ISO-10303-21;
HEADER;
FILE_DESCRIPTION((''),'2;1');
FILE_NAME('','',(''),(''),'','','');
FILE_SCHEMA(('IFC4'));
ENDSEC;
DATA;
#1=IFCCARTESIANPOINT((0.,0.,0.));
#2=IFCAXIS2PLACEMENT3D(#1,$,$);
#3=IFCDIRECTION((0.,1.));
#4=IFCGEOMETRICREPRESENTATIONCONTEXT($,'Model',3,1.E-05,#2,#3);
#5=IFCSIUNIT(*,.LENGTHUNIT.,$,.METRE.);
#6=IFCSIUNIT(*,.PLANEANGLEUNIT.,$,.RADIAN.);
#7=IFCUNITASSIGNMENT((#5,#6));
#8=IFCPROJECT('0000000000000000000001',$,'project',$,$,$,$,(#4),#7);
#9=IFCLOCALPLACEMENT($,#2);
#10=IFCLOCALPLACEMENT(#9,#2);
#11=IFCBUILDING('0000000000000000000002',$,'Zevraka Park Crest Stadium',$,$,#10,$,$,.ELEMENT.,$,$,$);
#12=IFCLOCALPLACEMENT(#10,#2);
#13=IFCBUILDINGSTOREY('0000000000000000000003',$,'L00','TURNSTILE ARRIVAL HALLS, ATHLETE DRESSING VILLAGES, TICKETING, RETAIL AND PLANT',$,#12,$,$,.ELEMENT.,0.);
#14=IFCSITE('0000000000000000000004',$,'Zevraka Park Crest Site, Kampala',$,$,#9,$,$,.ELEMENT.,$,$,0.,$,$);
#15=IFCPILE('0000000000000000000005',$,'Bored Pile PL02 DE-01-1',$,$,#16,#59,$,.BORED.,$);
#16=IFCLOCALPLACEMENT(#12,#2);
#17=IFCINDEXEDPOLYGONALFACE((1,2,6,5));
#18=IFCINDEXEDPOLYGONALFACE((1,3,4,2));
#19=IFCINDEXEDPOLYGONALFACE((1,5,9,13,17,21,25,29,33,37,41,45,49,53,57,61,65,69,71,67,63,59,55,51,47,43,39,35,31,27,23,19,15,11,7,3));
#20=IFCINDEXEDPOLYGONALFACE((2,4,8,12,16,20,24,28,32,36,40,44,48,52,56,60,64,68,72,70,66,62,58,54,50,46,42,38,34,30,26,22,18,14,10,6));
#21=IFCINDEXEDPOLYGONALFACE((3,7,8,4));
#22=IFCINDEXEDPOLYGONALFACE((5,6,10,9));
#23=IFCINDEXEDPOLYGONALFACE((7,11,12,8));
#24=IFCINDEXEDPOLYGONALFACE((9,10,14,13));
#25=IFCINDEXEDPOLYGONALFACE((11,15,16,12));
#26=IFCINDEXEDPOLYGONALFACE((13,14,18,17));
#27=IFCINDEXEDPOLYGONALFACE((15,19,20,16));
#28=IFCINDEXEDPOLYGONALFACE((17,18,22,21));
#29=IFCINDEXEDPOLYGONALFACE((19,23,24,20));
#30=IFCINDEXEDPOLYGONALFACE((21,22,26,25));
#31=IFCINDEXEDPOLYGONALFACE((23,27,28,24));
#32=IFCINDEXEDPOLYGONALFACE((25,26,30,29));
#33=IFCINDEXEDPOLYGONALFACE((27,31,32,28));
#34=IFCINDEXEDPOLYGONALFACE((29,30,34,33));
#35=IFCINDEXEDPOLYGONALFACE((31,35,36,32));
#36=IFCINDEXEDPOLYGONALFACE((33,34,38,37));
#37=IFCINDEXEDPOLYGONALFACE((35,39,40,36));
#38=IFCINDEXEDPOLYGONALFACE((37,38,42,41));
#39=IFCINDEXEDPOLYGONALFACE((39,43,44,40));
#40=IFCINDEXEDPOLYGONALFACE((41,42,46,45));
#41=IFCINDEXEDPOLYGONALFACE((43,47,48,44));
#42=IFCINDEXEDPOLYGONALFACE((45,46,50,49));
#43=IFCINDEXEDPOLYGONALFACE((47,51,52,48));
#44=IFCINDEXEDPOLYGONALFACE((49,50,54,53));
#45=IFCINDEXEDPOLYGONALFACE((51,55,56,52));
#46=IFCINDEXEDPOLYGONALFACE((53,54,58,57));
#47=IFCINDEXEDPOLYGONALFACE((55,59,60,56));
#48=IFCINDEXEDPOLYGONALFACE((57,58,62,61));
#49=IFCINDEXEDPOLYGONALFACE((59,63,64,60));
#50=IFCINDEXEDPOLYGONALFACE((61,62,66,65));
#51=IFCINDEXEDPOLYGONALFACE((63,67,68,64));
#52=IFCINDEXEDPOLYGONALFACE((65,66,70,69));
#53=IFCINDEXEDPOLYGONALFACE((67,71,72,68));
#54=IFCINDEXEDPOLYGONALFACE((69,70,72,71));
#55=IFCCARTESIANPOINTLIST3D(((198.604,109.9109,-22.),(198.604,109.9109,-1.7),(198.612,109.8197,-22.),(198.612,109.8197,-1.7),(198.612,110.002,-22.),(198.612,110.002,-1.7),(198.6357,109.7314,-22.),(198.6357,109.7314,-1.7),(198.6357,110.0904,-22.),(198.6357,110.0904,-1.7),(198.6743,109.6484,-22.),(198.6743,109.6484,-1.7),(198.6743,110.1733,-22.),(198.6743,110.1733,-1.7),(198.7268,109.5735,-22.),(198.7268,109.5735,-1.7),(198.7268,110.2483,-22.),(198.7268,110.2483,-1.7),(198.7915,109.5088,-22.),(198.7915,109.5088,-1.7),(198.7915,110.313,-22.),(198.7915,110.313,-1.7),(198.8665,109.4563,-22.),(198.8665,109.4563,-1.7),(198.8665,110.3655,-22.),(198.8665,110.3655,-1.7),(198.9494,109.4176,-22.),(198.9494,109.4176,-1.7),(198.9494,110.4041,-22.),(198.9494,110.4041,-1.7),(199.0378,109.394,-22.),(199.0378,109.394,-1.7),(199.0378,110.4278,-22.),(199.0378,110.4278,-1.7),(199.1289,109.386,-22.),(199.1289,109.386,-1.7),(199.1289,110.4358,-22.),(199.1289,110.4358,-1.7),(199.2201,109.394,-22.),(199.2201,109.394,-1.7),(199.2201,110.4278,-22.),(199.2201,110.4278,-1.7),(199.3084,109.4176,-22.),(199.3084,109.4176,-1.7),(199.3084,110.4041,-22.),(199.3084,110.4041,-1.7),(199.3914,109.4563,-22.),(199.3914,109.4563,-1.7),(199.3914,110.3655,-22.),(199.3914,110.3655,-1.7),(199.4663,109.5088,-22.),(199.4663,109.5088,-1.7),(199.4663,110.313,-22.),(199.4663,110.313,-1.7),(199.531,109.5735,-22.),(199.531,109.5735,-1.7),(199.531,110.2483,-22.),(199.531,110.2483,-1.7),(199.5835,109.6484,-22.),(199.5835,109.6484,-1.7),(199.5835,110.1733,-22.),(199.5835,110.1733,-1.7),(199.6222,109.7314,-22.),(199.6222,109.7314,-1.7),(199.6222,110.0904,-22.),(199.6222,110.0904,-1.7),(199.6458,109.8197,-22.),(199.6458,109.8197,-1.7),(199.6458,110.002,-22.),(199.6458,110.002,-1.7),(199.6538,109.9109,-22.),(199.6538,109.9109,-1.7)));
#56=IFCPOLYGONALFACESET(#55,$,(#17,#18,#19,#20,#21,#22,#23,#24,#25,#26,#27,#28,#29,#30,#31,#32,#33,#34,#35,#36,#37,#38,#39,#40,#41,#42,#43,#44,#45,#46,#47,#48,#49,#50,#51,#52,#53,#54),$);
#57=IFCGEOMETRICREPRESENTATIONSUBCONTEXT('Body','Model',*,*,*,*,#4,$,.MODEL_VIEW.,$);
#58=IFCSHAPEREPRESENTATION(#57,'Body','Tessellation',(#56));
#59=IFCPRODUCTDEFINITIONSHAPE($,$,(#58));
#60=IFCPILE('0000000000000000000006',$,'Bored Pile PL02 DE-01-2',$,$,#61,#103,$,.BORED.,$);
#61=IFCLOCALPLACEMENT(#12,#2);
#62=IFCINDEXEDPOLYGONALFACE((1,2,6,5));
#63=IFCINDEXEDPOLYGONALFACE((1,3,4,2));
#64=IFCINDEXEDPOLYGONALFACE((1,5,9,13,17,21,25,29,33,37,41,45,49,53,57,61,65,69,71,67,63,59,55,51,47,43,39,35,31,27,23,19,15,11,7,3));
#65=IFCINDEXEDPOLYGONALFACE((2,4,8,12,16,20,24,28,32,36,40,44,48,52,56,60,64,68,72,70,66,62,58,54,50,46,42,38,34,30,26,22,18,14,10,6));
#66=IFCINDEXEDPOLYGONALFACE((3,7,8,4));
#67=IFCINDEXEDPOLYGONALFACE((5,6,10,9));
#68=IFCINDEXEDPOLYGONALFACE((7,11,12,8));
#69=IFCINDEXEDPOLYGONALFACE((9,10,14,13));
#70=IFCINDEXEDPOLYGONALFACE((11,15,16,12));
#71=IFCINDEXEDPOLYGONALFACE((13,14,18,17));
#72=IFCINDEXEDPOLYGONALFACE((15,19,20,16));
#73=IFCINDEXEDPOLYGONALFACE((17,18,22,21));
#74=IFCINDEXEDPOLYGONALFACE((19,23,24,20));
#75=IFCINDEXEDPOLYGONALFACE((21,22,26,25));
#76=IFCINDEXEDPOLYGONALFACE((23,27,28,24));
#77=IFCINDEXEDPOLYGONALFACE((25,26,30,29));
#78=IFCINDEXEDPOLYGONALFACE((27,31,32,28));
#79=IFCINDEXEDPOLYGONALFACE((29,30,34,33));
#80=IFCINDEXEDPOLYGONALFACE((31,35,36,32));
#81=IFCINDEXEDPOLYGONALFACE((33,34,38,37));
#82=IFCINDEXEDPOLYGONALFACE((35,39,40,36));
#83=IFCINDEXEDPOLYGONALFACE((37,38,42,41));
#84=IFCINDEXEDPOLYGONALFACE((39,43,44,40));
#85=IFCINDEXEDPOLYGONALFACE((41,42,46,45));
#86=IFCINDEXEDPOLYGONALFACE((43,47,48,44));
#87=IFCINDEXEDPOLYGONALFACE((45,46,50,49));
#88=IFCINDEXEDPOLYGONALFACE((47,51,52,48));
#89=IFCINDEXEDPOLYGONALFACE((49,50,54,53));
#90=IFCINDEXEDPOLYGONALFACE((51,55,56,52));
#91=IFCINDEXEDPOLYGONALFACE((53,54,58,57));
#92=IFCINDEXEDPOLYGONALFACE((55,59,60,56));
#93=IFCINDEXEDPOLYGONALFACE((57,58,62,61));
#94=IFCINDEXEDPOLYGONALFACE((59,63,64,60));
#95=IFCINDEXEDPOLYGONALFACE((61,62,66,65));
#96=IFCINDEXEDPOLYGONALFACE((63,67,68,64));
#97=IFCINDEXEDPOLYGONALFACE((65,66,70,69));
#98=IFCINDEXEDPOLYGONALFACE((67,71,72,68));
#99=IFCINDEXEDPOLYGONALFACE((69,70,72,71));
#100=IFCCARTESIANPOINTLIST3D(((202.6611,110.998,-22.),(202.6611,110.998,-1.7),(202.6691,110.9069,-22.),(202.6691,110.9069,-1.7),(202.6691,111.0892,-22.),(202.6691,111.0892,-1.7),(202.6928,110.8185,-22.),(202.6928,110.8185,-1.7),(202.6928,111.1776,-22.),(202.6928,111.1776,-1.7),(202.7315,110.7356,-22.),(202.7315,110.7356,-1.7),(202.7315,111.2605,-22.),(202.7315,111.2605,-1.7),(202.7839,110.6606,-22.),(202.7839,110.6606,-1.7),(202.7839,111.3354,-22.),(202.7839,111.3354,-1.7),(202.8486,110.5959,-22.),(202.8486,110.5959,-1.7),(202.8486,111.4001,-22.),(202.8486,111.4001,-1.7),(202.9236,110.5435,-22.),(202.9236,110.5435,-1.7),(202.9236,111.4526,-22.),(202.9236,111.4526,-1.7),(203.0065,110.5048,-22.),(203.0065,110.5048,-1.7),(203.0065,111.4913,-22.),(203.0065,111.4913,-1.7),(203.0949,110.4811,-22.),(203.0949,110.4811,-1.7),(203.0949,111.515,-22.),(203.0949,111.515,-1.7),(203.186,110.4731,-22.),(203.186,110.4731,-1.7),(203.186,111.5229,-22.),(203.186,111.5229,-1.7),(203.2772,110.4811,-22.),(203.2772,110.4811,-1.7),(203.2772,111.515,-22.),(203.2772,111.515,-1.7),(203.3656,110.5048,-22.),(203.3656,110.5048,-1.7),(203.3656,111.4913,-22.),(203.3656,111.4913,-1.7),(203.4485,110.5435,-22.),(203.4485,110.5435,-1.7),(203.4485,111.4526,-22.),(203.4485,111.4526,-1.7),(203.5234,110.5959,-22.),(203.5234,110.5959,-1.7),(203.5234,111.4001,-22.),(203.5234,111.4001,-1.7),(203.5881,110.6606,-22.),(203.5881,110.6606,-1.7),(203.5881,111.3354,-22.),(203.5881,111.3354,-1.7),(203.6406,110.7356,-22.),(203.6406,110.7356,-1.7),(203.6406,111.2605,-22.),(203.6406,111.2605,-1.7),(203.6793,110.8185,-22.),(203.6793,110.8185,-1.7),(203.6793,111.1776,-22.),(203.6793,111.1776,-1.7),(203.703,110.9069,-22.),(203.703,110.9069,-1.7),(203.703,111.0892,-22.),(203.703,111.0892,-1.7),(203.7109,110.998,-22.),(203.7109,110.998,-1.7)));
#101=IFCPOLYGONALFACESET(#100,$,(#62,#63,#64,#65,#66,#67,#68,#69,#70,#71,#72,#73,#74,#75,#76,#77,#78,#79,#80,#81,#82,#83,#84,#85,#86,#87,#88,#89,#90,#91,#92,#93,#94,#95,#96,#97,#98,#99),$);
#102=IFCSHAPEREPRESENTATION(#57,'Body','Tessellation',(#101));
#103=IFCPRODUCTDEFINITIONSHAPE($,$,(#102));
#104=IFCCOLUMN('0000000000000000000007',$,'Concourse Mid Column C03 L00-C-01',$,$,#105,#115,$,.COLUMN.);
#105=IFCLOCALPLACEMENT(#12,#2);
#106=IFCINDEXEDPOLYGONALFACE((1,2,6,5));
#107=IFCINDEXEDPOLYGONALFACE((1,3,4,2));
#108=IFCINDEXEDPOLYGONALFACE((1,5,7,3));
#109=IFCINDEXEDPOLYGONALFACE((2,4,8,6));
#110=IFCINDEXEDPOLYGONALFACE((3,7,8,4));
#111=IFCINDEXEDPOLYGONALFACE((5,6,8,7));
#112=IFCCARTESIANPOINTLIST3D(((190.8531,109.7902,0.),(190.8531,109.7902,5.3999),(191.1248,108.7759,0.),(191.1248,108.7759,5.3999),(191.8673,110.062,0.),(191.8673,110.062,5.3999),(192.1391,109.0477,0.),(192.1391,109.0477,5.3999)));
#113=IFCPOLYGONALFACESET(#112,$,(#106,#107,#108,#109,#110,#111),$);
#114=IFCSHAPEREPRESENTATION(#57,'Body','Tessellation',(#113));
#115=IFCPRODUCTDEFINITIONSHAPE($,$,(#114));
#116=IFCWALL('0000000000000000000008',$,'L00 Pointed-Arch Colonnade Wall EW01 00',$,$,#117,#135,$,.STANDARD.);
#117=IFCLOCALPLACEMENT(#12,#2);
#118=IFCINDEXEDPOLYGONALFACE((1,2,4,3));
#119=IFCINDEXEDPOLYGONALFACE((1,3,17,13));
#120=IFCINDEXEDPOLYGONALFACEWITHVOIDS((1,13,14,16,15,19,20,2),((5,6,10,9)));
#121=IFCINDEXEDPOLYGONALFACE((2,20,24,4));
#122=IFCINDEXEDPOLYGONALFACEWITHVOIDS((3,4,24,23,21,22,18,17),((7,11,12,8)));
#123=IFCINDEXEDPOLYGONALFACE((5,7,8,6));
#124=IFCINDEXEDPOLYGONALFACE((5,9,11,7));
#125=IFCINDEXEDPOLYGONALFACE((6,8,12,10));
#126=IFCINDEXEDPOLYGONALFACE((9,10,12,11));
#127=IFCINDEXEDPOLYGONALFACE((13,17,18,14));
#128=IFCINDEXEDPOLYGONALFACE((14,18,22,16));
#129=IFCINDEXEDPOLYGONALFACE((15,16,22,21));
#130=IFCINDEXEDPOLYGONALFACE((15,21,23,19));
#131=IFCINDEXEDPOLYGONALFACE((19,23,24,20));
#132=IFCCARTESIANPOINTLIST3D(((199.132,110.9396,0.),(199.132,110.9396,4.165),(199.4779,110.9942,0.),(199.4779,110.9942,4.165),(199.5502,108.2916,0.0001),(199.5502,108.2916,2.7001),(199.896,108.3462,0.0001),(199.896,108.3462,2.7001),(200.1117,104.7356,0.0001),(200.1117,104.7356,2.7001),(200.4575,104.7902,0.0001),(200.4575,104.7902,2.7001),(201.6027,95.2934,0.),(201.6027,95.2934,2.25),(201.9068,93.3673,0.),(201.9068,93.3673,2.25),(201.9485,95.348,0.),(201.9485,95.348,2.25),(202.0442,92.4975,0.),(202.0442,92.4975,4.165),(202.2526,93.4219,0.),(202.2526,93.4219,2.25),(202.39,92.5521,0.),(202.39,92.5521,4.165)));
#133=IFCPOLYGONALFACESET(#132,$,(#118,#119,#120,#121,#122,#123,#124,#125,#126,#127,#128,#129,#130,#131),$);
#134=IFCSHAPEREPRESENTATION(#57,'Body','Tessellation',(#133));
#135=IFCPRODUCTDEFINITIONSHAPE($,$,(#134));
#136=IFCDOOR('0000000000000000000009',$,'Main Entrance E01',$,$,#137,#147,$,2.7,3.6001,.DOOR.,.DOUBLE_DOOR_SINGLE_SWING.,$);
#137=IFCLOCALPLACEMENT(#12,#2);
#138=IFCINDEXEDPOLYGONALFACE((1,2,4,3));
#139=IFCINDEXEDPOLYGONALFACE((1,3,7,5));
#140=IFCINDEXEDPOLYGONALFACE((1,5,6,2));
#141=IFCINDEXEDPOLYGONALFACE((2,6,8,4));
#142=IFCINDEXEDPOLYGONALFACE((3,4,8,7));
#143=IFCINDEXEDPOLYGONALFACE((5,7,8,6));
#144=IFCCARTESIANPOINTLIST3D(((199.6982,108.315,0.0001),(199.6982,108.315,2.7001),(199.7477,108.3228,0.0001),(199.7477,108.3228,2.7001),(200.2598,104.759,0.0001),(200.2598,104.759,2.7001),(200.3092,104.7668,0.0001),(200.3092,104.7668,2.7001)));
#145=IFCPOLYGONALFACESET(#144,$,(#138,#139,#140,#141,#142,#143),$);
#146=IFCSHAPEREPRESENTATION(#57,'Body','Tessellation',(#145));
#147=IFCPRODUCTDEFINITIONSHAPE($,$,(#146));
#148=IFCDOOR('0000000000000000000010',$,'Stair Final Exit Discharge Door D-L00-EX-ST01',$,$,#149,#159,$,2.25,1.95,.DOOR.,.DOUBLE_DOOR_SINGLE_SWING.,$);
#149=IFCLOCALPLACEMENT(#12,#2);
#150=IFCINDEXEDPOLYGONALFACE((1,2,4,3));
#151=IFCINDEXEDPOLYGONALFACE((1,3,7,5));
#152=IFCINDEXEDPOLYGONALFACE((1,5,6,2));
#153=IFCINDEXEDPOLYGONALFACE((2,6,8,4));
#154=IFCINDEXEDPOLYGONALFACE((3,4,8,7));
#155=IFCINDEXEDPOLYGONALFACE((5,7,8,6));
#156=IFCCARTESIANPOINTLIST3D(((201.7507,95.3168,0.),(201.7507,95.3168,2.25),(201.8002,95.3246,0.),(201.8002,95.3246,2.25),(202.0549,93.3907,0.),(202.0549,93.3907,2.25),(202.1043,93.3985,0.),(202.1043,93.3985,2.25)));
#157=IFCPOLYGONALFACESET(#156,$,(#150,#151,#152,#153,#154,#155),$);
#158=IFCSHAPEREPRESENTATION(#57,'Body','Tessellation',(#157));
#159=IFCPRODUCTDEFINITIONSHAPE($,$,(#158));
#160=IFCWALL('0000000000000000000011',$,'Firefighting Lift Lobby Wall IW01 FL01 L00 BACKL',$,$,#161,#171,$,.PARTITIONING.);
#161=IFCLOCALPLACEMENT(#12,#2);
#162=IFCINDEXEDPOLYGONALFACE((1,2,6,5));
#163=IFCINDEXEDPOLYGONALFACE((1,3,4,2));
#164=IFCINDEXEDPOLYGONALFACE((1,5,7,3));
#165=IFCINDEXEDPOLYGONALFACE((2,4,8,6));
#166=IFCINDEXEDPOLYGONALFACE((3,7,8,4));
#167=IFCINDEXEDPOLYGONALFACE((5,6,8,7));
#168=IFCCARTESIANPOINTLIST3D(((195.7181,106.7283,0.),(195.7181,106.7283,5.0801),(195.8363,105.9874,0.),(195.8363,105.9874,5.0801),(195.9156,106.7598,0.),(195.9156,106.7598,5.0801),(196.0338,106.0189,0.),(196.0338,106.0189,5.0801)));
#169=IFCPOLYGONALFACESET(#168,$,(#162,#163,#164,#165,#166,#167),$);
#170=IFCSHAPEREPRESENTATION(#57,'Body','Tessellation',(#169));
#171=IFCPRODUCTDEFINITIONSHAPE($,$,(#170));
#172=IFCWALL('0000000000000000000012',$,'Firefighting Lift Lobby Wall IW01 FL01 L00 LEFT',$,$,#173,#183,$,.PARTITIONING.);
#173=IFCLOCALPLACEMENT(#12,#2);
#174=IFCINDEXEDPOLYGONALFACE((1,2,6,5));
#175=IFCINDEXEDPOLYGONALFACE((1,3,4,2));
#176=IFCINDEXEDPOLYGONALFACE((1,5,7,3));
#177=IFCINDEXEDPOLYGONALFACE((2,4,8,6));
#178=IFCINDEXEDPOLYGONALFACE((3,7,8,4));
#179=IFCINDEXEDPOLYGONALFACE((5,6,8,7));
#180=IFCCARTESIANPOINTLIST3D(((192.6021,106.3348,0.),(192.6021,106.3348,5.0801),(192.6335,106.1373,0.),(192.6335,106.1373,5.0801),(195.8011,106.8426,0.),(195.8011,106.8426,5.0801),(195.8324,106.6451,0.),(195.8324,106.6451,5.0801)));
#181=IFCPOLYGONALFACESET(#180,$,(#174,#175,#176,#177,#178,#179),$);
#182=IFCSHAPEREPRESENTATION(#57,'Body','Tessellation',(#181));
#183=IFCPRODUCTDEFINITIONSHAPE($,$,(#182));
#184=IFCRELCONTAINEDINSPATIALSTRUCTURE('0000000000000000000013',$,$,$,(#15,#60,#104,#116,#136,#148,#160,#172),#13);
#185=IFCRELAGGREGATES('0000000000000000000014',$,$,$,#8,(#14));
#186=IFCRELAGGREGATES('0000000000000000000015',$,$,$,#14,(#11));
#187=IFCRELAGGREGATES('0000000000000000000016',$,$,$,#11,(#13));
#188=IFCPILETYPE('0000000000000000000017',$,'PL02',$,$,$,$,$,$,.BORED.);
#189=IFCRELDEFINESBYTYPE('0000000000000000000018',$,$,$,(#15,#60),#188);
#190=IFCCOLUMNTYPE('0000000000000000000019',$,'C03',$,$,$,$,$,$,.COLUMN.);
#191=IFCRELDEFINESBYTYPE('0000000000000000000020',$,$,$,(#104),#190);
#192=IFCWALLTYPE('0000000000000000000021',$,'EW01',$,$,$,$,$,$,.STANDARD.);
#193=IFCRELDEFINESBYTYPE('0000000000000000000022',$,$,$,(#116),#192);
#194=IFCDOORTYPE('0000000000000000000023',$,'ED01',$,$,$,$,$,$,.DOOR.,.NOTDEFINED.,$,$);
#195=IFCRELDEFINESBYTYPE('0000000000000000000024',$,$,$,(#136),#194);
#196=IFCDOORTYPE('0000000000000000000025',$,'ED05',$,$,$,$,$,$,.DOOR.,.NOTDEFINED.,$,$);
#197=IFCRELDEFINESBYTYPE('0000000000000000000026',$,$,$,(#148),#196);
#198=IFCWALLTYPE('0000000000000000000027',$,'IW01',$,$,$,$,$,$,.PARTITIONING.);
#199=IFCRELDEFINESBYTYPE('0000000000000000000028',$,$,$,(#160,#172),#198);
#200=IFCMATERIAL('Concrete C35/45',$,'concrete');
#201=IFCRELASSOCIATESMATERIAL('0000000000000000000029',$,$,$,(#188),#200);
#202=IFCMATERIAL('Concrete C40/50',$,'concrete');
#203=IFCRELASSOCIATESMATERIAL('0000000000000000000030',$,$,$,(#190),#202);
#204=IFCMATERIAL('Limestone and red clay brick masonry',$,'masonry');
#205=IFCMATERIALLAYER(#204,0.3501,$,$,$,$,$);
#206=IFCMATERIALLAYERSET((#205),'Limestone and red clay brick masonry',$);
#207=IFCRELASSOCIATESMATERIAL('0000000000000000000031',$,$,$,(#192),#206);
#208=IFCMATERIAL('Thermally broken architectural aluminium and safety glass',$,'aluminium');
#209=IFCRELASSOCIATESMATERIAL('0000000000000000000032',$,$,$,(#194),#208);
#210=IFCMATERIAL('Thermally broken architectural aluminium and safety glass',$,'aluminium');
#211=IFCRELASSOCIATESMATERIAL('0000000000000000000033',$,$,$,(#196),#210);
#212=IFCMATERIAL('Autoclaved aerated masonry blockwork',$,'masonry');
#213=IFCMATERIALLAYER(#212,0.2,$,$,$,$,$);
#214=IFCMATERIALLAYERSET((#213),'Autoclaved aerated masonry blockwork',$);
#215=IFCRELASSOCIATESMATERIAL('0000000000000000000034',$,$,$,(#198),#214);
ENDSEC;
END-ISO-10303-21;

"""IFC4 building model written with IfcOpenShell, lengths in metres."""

from ifc_helpers import new_model, si_unit, direction, frame, frame_2d, origin, origin_2d, place, context, subcontext, project, spatial, rectangle, circle, extrude, material, layer, layer_set, material_profile, profile_set, type_object, element, fill, save


model = new_model("IFC4")

# Units and contexts
model_context = context("Model", 3, precision=1e-05, world=origin(), true_north=direction((0.0, 1.0)))
body_context = subcontext(model_context, "Body", "Model", "MODEL_VIEW")
ifc_project = project(units=[si_unit("LENGTHUNIT", "METRE"), si_unit("PLANEANGLEUNIT", "RADIAN")], contexts=[model_context])

# Site, building, storey
site_placement = place(None, origin())
site = spatial("IfcSite", under=ifc_project, at=site_placement, Name="Zevraka Park Crest Site, Kampala", CompositionType="ELEMENT", RefElevation=0.0)
building_placement = place(site_placement, origin())
building = spatial("IfcBuilding", under=site, at=building_placement, Name="Zevraka Park Crest Stadium", CompositionType="ELEMENT")
storey_placement = place(building_placement, origin())
storey = spatial("IfcBuildingStorey", under=building, at=storey_placement, Name="L00", Description="TURNSTILE ARRIVAL HALLS, ATHLETE DRESSING VILLAGES, TICKETING, RETAIL AND PLANT", CompositionType="ELEMENT", Elevation=0.0)

# Piles
ifc_material_1 = material(Name="Concrete C35/45", Category="concrete")
ifc_material_profile_1 = material_profile(ifc_material_1, circle(Radius=0.5249, at=origin_2d()), Name="PILE D1050")
ifc_profile_set_1 = profile_set([ifc_material_profile_1], Name="Concrete C35/45")
pile_type_1 = type_object("IfcPileType", Name="PL02", PredefinedType="BORED", material=ifc_profile_set_1)
for number, where, z_axis, x_axis, name in (
    (1, (199.1289, 109.9109, -1.7), (0.0, 0.0, -1.0), (1.0, 0.0, 0.0), "Bored Pile PL02 DE-01-1"),
    (2, (203.186, 110.998, -1.7), (0.0, 0.0, -1.0), (1.0, 0.0, 0.0), "Bored Pile PL02 DE-01-2"),
):
    element("IfcPile", number, at=place(storey_placement, frame(where, z_axis=z_axis, x_axis=x_axis)), inside=storey, type_object=pile_type_1, Name=name, PredefinedType="BORED", context=body_context, shape_type="SweptSolid", body=[
        extrude(circle(Radius=0.5249, at=origin_2d()), origin(), (0.0, 0.0, 1.0), 20.3),
    ])

# Column
ifc_material_2 = material(Name="Concrete C40/50", Category="concrete")
ifc_material_profile_2 = material_profile(ifc_material_2, rectangle(XDim=1.05, YDim=1.05, at=origin_2d()), Name="RC 1050x1050")
ifc_profile_set_2 = profile_set([ifc_material_profile_2], Name="Concrete C40/50")
column_type = type_object("IfcColumnType", Name="C03", PredefinedType="COLUMN", material=ifc_profile_set_2)
column_placement = place(storey_placement, frame((191.4961, 109.4189, 0.0), z_axis=(0.0, 0.0, 1.0), x_axis=(0.965926, 0.258819, 0.0)))
element("IfcColumn", 3, at=column_placement, inside=storey, type_object=column_type, Name="Concourse Mid Column C03 L00-C-01", PredefinedType="COLUMN", context=body_context, shape_type="SweptSolid", body=[
    extrude(rectangle(XDim=1.05, YDim=1.05, at=origin_2d()), origin(), (0.0, 0.0, 1.0), 5.3999),
])

# Wall, openings, doors
ifc_material_3 = material(Name="Limestone and red clay brick masonry", Category="masonry")
ifc_layer_1 = layer(ifc_material_3, 0.3501)
ifc_layer_set_1 = layer_set([ifc_layer_1], Name="Limestone and red clay brick masonry")
wall_type_1 = type_object("IfcWallType", Name="EW01", PredefinedType="STANDARD", material=ifc_layer_set_1)
wall_1_placement = place(storey_placement, frame((199.3049, 110.967, 0.0), z_axis=(0.0, 0.0, 1.0), x_axis=(0.155973, -0.987761, 0.0)))
wall_1 = element("IfcWall", 4, at=wall_1_placement, inside=storey, type_object=wall_type_1, Name="L00 Pointed-Arch Colonnade Wall EW01 00", PredefinedType="STANDARD", context=body_context, shape_type="SweptSolid", body=[
    extrude(rectangle(XDim=18.6707, YDim=0.3501, at=frame_2d((9.3354, 0.0))), origin(), (0.0, 0.0, 1.0), 4.165),
])
opening_1_placement = place(wall_1_placement, frame((15.8401, 0.0, 0.0)))
opening_1 = element("IfcOpeningElement", 5, at=opening_1_placement, cuts=wall_1, PredefinedType="OPENING", context=body_context, shape_type="SweptSolid", body=[
    extrude(rectangle(XDim=1.95, YDim=2.25, at=frame_2d((0.9751, 1.125))), frame((0.0, 0.1851, 0.0), z_axis=(0.0, -1.0, 0.0), x_axis=(1.0, 0.0, 0.0)), (0.0, 0.0, 1.0), 0.3701),
])
opening_2_placement = place(wall_1_placement, frame((2.6809, 0.0, 0.0)))
opening_2 = element("IfcOpeningElement", 6, at=opening_2_placement, cuts=wall_1, PredefinedType="OPENING", context=body_context, shape_type="SweptSolid", body=[
    extrude(rectangle(XDim=3.6001, YDim=2.7, at=frame_2d((1.8, 1.3501))), frame((0.0, 0.1851, 0.0), z_axis=(0.0, -1.0, 0.0), x_axis=(1.0, 0.0, 0.0)), (0.0, 0.0, 1.0), 0.3701),
])
ifc_material_4 = material(Name="Thermally broken architectural aluminium and safety glass", Category="aluminium")
door_type_1 = type_object("IfcDoorType", Name="ED01", OperationType="NOTDEFINED", PredefinedType="DOOR", material=ifc_material_4)
door_1_placement = place(opening_2_placement, origin())
door_1 = element("IfcDoor", 7, at=door_1_placement, inside=storey, type_object=door_type_1, Name="Main Entrance E01", OperationType="DOUBLE_DOOR_SINGLE_SWING", OverallHeight=2.7, OverallWidth=3.6001, PredefinedType="DOOR", context=body_context, shape_type="SweptSolid", body=[
    extrude(rectangle(XDim=3.6001, YDim=2.7, at=frame_2d((1.8, 1.3501))), frame((0.0, 0.0249, 0.0), z_axis=(0.0, -1.0, 0.0), x_axis=(1.0, 0.0, 0.0)), (0.0, 0.0, 1.0), 0.05),
])
fill(opening_2, door_1)
ifc_material_5 = material(Name="Thermally broken architectural aluminium and safety glass", Category="aluminium")
door_type_2 = type_object("IfcDoorType", Name="ED05", OperationType="NOTDEFINED", PredefinedType="DOOR", material=ifc_material_5)
door_2_placement = place(opening_1_placement, origin())
door_2 = element("IfcDoor", 8, at=door_2_placement, inside=storey, type_object=door_type_2, Name="Stair Final Exit Discharge Door D-L00-EX-ST01", OperationType="DOUBLE_DOOR_SINGLE_SWING", OverallHeight=2.25, OverallWidth=1.95, PredefinedType="DOOR", context=body_context, shape_type="SweptSolid", body=[
    extrude(rectangle(XDim=1.95, YDim=2.25, at=frame_2d((0.9751, 1.125))), frame((0.0, 0.0249, 0.0), z_axis=(0.0, -1.0, 0.0), x_axis=(1.0, 0.0, 0.0)), (0.0, 0.0, 1.0), 0.05),
])
fill(opening_1, door_2)

# Walls
ifc_material_6 = material(Name="Autoclaved aerated masonry blockwork", Category="masonry")
ifc_layer_2 = layer(ifc_material_6, 0.2)
ifc_layer_set_2 = layer_set([ifc_layer_2], Name="Autoclaved aerated masonry blockwork")
wall_type_2 = type_object("IfcWallType", Name="IW01", PredefinedType="PARTITIONING", material=ifc_layer_set_2)
wall_2_placement = place(storey_placement, frame((195.8169, 106.7439, 0.0), z_axis=(0.0, 0.0, 1.0), x_axis=(0.157483, -0.987522, 0.0)))
element("IfcWall", 9, at=wall_2_placement, inside=storey, type_object=wall_type_2, Name="Firefighting Lift Lobby Wall IW01 FL01 L00 BACKL", PredefinedType="PARTITIONING", context=body_context, shape_type="SweptSolid", body=[
    extrude(rectangle(XDim=0.7502, YDim=0.2, at=frame_2d((0.375, 0.0))), origin(), (0.0, 0.0, 1.0), 5.0801),
])
wall_3_placement = place(storey_placement, frame((195.8169, 106.7439, 0.0), z_axis=(0.0, 0.0, 1.0), x_axis=(-0.987634, -0.156779, 0.0)))
element("IfcWall", 10, at=wall_3_placement, inside=storey, type_object=wall_type_2, Name="Firefighting Lift Lobby Wall IW01 FL01 L00 LEFT", PredefinedType="PARTITIONING", context=body_context, shape_type="SweptSolid", body=[
    extrude(rectangle(XDim=3.239, YDim=0.2, at=frame_2d((1.6196, 0.0))), origin(), (0.0, 0.0, 1.0), 5.0801),
])

save(model, "model.ifc")
